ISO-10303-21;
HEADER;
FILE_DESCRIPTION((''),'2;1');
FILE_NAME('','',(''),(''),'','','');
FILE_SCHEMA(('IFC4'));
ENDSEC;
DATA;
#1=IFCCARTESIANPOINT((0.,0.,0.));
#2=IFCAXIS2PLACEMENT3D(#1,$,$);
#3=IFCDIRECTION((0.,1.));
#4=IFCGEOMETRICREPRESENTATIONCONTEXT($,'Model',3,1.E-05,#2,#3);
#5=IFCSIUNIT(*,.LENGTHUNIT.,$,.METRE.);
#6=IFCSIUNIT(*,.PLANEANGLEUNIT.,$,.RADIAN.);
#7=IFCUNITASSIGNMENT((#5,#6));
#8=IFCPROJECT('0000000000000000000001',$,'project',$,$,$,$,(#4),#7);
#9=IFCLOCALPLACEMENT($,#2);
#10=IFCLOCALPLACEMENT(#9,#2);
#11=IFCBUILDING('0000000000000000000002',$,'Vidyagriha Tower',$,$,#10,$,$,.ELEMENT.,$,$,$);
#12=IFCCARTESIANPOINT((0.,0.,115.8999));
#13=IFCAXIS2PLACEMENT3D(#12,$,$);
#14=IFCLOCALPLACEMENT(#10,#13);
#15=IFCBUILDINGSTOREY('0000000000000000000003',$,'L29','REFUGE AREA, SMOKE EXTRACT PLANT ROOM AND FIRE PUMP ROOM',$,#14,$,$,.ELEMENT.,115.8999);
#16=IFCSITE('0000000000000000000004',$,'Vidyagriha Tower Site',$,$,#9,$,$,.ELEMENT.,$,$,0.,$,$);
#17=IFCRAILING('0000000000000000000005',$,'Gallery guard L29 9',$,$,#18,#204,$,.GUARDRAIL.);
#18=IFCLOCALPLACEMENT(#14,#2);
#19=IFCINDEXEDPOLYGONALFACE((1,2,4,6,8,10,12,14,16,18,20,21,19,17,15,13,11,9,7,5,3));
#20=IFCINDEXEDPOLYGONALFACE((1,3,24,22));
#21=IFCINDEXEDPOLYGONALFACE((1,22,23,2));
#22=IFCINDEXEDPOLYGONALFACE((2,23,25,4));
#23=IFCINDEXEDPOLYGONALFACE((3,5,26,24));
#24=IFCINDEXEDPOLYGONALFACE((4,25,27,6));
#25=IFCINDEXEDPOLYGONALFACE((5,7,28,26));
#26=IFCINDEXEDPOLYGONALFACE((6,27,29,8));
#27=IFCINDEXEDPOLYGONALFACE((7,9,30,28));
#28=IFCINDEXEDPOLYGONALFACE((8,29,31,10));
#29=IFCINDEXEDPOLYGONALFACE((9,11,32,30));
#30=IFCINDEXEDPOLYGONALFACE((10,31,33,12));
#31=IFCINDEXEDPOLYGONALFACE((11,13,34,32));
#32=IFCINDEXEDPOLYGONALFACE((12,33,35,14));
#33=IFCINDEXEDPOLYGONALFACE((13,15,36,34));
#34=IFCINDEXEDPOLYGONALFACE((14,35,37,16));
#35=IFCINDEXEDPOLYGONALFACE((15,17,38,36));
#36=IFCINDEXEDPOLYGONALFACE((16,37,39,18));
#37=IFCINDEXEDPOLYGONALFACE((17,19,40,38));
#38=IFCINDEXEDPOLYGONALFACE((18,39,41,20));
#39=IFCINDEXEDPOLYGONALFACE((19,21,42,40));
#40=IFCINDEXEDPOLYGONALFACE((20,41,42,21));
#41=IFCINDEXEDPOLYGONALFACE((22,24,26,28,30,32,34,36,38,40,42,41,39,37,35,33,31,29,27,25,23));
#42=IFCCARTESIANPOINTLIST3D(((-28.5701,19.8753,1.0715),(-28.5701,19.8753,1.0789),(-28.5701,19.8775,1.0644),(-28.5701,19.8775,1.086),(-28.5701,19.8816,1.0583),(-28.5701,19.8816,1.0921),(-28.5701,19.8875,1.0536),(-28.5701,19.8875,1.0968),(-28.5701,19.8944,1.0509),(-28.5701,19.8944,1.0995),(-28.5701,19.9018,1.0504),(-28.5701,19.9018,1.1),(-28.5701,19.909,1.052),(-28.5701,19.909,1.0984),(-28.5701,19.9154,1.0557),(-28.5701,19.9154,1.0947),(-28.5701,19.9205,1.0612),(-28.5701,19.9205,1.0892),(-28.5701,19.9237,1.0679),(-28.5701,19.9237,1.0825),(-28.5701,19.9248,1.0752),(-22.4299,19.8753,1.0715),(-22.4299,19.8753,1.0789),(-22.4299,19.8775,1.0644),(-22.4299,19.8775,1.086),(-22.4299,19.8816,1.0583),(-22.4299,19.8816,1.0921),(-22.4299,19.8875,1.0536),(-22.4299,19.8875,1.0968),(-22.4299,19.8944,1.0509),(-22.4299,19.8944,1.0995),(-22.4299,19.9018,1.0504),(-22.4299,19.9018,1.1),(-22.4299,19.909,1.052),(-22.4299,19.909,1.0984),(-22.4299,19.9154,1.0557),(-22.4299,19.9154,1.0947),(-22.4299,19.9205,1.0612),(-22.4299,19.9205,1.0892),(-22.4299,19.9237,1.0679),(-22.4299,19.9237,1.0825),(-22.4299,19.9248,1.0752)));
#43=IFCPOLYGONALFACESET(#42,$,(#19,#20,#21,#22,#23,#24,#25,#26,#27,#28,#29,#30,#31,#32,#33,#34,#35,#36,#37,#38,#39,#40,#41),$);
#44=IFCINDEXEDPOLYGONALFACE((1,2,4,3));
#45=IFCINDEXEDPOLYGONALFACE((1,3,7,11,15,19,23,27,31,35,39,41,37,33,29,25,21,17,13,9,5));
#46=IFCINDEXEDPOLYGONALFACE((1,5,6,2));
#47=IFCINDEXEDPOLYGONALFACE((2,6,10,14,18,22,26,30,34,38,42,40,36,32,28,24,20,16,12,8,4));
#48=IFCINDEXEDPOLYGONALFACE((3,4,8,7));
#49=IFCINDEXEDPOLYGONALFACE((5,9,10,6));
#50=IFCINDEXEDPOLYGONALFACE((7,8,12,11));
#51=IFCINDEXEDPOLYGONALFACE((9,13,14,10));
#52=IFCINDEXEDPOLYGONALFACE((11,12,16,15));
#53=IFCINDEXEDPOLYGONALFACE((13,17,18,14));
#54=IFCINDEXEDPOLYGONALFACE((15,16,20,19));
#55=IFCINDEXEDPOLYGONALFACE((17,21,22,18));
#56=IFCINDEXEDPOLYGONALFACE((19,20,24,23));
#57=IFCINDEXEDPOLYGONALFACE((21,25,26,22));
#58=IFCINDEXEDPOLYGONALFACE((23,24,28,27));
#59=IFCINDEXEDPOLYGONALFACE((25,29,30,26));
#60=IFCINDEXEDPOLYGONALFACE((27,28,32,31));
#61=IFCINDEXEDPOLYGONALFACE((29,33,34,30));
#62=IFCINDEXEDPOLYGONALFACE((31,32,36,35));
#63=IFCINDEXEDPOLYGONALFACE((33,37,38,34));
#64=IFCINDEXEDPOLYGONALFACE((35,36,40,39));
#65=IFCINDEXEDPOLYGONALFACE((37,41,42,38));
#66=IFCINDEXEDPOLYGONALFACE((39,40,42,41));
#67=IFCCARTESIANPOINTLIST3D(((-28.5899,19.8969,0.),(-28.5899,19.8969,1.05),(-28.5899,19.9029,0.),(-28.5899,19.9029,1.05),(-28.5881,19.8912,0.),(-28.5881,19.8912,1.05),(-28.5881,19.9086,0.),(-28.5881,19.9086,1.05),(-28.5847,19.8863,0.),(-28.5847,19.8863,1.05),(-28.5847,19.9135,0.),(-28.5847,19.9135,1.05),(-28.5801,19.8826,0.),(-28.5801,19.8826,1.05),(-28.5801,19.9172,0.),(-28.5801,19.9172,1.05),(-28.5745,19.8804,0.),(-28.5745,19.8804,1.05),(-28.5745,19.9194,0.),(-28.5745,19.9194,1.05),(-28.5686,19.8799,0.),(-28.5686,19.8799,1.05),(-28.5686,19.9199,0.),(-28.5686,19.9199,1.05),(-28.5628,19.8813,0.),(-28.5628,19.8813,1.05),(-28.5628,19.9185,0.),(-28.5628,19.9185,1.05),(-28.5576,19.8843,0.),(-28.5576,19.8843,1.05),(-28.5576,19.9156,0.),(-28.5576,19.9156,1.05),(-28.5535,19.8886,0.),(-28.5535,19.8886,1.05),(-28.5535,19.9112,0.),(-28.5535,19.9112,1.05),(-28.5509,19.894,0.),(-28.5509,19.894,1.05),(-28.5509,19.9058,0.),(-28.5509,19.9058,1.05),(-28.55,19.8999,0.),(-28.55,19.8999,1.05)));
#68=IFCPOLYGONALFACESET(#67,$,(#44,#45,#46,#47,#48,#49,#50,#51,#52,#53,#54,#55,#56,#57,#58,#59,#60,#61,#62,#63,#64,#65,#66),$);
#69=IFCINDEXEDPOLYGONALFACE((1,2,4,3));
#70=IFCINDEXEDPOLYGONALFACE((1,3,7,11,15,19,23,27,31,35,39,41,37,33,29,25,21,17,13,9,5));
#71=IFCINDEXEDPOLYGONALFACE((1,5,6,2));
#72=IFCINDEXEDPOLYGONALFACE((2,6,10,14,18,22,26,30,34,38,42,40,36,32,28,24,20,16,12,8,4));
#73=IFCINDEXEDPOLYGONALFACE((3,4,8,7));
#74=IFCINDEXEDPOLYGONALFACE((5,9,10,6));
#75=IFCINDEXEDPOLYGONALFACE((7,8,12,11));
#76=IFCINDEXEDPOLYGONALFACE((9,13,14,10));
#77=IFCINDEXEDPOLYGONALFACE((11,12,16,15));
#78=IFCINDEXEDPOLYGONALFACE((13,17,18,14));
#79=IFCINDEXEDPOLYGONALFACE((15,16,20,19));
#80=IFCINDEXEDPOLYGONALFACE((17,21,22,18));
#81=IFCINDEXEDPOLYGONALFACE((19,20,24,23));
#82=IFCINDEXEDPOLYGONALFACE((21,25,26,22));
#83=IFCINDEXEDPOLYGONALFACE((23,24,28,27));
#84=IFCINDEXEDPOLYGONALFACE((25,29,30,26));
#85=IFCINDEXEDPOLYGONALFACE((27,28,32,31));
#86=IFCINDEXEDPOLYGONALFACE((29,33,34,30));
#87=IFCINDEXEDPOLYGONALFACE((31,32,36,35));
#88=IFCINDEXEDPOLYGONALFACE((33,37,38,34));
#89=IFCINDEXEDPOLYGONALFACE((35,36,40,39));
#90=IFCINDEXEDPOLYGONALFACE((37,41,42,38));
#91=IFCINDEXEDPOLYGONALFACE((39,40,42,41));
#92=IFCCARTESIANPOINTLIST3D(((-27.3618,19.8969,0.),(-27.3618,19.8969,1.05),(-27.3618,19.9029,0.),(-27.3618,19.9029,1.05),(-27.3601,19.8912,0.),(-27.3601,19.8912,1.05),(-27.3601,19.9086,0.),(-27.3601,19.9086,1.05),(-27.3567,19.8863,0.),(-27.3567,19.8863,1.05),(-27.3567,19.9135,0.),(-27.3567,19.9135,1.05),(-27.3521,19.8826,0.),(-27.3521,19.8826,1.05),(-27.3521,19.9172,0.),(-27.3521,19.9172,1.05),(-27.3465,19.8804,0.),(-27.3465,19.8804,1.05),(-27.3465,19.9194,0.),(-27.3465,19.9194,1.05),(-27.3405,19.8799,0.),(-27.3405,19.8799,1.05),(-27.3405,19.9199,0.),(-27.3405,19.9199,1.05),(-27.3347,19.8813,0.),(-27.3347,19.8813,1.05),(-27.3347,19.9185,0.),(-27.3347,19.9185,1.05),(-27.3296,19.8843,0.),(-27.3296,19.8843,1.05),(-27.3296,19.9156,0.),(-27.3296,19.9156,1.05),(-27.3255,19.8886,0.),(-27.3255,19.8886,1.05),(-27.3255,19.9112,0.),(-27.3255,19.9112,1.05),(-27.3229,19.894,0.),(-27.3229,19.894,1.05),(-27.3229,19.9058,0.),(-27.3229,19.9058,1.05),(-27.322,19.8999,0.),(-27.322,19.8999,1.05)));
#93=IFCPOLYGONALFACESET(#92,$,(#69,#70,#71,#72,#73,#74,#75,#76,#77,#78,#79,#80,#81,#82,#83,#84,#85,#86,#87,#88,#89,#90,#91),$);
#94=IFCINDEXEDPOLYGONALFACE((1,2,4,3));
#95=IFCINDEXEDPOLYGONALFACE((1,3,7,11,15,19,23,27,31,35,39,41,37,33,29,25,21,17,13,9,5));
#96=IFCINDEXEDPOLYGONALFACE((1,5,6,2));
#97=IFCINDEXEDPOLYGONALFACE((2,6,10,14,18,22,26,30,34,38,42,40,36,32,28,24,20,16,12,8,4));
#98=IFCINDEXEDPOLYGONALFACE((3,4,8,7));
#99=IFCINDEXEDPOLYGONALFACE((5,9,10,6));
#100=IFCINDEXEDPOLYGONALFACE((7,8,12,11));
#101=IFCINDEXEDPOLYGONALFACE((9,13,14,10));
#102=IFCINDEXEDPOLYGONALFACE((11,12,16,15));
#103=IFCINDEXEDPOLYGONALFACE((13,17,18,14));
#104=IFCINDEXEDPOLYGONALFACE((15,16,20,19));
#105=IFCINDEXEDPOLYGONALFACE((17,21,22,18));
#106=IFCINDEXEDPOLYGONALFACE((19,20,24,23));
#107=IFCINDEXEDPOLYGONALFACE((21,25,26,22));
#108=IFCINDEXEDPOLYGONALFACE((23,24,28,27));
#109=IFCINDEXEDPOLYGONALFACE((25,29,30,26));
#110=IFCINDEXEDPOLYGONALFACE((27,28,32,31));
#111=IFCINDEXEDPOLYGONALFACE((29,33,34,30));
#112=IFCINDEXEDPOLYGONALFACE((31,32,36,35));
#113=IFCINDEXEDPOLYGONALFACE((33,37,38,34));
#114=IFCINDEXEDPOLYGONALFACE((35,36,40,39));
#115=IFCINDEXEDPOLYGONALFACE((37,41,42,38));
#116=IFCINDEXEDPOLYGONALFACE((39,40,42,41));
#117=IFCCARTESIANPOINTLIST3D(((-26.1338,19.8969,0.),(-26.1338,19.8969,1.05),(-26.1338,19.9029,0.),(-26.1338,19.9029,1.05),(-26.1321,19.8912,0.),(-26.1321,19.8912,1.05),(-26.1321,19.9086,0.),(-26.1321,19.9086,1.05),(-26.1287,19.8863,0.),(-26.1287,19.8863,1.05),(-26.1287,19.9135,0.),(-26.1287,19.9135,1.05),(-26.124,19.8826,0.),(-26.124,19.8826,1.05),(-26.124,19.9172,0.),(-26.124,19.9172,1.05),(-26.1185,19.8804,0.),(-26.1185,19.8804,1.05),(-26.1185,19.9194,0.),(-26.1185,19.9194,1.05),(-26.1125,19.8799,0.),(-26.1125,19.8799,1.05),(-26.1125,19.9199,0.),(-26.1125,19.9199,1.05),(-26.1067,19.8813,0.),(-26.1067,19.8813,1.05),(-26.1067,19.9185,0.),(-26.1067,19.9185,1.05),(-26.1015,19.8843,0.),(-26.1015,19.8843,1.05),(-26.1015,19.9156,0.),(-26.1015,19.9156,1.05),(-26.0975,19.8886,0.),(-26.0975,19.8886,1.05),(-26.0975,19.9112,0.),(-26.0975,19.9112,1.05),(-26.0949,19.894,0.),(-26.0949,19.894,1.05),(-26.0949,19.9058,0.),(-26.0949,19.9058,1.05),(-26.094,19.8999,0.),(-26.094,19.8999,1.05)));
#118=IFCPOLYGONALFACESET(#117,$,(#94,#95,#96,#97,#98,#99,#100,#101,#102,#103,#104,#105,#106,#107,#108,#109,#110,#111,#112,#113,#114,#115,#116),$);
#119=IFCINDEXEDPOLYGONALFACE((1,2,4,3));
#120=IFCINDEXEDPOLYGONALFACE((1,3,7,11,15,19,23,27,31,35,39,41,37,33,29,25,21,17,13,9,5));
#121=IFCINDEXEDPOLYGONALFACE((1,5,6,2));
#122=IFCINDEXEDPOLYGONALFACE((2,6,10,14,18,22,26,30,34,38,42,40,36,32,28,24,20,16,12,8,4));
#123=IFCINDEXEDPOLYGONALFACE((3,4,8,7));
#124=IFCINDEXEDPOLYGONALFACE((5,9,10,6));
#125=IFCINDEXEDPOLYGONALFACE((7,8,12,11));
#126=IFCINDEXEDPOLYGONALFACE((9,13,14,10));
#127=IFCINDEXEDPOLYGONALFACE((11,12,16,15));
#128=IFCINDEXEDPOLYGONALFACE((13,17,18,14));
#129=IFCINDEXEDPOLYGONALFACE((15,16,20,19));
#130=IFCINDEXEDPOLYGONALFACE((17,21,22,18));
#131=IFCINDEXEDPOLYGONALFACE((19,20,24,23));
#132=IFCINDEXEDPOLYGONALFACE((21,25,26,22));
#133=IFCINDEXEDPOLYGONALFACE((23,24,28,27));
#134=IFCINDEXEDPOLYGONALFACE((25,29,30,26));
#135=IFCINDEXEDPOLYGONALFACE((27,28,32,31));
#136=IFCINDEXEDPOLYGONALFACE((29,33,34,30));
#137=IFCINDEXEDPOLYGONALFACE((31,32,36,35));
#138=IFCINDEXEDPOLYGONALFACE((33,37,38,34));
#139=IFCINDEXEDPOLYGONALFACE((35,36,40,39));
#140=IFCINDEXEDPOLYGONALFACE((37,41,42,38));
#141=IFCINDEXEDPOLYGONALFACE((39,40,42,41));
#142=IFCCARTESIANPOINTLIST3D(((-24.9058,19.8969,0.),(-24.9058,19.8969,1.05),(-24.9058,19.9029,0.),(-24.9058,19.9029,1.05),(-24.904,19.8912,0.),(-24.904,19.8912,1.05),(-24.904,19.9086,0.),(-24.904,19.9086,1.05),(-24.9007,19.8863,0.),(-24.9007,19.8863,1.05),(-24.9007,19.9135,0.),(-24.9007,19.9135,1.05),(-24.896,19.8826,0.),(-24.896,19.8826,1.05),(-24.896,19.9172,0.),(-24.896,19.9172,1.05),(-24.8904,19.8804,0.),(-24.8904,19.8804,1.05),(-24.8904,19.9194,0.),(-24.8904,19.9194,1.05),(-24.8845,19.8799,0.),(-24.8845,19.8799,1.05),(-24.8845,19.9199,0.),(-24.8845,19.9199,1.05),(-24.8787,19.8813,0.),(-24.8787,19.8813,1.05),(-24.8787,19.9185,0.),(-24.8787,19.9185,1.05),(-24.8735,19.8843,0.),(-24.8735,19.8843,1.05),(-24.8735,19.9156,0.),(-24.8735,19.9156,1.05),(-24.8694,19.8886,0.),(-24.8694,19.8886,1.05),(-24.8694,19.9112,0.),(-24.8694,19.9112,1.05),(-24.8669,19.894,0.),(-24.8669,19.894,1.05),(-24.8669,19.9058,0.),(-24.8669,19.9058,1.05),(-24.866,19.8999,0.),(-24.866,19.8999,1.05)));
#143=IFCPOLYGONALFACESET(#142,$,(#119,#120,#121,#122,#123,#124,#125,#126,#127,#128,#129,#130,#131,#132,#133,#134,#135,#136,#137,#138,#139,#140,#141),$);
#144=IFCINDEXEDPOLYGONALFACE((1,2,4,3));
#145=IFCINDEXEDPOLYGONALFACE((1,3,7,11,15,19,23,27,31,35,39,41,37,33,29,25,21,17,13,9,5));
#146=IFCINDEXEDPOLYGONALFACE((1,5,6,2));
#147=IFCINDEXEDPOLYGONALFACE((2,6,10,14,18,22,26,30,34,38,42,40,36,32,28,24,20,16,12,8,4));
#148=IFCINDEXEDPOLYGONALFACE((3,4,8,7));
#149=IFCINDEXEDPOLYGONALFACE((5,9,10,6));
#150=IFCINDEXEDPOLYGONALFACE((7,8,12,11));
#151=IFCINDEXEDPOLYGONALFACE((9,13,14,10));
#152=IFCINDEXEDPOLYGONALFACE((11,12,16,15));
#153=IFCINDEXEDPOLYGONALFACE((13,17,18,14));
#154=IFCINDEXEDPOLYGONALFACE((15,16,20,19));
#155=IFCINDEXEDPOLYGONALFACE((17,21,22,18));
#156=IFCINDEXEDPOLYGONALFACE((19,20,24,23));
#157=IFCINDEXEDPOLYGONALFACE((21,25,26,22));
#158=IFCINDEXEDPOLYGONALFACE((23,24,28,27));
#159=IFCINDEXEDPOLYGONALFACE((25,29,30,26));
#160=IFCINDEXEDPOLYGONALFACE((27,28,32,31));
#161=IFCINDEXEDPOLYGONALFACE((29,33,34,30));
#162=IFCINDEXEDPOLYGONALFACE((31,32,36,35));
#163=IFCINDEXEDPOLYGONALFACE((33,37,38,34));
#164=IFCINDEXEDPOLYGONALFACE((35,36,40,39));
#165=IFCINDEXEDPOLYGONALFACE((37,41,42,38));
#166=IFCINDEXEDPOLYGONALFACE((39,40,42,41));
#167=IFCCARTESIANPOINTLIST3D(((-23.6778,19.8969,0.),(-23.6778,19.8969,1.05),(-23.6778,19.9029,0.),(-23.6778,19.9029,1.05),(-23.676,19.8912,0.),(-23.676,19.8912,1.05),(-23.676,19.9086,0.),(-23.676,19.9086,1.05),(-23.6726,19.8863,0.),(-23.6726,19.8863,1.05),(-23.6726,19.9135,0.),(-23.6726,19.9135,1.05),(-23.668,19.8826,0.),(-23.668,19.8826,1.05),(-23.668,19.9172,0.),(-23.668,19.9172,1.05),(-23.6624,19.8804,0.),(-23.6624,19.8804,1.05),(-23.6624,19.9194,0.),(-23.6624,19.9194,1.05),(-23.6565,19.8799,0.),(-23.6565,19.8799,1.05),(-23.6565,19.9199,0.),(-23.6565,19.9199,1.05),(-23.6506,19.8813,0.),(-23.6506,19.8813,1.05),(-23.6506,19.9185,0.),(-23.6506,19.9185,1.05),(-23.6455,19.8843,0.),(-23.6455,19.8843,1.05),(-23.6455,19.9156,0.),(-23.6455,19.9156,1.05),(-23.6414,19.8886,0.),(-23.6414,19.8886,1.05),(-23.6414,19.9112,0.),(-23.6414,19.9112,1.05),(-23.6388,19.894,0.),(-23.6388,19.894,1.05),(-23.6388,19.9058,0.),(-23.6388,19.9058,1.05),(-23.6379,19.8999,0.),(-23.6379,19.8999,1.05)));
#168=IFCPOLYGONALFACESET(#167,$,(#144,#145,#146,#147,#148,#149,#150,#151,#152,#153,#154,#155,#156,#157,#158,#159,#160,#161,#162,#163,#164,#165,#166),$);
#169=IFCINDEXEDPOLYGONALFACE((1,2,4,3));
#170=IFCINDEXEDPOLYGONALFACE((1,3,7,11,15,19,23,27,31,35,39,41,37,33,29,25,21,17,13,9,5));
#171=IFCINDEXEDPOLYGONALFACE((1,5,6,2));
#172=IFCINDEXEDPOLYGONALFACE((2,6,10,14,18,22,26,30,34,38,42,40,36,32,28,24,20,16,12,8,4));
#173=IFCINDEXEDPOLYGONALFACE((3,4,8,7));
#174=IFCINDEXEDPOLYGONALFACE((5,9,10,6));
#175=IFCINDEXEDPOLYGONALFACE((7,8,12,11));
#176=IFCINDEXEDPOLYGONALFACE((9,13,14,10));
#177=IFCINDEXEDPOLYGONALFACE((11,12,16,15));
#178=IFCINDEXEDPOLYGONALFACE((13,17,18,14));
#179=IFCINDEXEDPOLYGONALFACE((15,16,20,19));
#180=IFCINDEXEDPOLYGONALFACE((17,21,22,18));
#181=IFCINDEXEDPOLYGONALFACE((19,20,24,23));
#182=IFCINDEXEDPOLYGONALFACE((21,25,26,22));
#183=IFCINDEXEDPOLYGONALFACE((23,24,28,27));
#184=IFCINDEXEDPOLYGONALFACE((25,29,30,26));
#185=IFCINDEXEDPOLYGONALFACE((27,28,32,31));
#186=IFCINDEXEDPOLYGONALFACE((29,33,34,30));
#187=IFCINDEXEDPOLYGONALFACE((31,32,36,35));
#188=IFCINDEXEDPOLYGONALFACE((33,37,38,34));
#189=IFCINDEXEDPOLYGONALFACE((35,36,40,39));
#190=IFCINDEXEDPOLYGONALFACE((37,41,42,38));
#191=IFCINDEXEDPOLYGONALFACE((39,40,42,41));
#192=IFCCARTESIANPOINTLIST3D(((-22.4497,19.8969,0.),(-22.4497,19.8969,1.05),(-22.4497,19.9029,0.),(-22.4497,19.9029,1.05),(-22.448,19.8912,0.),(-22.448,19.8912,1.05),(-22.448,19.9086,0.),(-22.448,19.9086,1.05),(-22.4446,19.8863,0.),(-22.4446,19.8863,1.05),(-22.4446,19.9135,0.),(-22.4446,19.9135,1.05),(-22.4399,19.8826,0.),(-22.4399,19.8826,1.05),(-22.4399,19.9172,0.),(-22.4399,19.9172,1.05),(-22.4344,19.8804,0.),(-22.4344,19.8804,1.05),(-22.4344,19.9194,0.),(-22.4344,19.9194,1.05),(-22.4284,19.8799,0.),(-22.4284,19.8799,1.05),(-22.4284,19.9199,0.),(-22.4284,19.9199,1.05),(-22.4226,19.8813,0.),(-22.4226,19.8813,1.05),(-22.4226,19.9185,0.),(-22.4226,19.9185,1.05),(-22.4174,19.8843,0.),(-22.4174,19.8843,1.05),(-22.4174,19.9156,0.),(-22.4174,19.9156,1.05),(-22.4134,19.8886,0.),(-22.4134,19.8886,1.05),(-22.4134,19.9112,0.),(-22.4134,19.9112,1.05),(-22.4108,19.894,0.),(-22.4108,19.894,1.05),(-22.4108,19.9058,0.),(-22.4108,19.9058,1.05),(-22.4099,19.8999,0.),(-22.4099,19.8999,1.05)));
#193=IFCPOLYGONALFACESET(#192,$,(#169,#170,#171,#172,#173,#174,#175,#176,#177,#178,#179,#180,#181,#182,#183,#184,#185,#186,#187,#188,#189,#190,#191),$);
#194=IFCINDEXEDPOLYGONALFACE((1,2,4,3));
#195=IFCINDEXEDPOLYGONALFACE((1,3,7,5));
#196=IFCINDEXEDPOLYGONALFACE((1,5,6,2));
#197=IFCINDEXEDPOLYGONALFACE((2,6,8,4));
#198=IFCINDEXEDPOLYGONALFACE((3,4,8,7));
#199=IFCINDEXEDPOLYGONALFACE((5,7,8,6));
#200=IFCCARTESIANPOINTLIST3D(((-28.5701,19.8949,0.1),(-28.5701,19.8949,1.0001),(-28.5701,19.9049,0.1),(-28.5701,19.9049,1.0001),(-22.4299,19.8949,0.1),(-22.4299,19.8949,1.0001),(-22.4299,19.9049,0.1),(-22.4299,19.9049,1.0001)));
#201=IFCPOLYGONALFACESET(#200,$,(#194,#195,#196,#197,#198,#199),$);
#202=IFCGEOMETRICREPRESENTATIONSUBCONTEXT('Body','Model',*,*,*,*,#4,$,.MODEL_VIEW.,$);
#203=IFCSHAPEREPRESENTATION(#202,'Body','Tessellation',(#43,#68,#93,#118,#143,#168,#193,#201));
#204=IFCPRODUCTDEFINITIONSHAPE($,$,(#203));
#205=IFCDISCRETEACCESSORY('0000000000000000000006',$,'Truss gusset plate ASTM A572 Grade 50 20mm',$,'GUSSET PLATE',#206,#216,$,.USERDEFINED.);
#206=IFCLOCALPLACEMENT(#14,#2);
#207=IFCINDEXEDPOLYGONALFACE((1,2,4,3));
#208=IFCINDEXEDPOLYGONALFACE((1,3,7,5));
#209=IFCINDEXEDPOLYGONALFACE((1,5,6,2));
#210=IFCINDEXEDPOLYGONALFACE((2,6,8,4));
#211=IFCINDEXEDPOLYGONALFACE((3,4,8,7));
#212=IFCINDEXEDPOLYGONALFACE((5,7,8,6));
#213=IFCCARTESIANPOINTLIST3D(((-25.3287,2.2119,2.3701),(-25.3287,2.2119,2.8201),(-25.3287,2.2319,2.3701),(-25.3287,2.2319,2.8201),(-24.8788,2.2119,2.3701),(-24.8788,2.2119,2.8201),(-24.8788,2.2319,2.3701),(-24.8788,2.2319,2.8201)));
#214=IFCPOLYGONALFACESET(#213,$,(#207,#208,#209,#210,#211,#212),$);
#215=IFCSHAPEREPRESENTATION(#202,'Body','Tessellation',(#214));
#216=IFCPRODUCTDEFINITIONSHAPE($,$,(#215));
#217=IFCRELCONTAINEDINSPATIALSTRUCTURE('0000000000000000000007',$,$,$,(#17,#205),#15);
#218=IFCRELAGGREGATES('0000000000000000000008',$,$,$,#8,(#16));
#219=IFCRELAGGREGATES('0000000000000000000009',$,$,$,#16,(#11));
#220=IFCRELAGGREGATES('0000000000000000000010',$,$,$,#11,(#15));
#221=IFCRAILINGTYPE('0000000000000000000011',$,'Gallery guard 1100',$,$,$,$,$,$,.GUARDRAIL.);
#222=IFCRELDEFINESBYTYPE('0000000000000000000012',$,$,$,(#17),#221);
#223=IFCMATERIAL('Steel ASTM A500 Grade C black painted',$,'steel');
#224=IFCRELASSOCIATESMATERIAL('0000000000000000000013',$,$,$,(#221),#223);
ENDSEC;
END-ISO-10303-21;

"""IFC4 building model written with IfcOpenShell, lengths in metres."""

from ifc_helpers import new_model, si_unit, direction, frame, origin, origin_2d, place, context, subcontext, project, spatial, rectangle, circle, extrude, material, type_object, element, save


model = new_model("IFC4")

# Units and contexts
model_context = context("Model", 3, precision=1e-05, world=origin(), true_north=direction((0.0, 1.0)))
body_context = subcontext(model_context, "Body", "Model", "MODEL_VIEW")
ifc_project = project(units=[si_unit("LENGTHUNIT", "METRE"), si_unit("PLANEANGLEUNIT", "RADIAN")], contexts=[model_context])

# Site, building, storey
site_placement = place(None, origin())
site = spatial("IfcSite", under=ifc_project, at=site_placement, Name="Vidyagriha Tower Site", CompositionType="ELEMENT", RefElevation=0.0)
building_placement = place(site_placement, origin())
building = spatial("IfcBuilding", under=site, at=building_placement, Name="Vidyagriha Tower", CompositionType="ELEMENT")
storey_placement = place(building_placement, frame((0.0, 0.0, 115.8999)))
storey = spatial("IfcBuildingStorey", under=building, at=storey_placement, Name="L29", Description="REFUGE AREA, SMOKE EXTRACT PLANT ROOM AND FIRE PUMP ROOM", CompositionType="ELEMENT", Elevation=115.8999)

# Railing
ifc_material_1 = material(Name="Steel ASTM A500 Grade C black painted", Category="steel")
railing_type = type_object("IfcRailingType", Name="Gallery guard 1100", PredefinedType="GUARDRAIL", material=ifc_material_1)
railing_1_placement = place(storey_placement, frame((-28.5701, 19.8999, 0.0)))
element("IfcRailing", 1, at=railing_1_placement, inside=storey, type_object=railing_type, Name="Gallery guard L29 9", PredefinedType="GUARDRAIL", context=body_context, shape_type="SweptSolid", body=[
    extrude(circle(Radius=0.0249, at=origin_2d()), frame((0.0, 0.0, 1.0752), z_axis=(1.0, 0.0, 0.0), x_axis=(0.0, 1.0, 0.0)), (0.0, 0.0, 1.0), 6.1401),
    extrude(circle(Radius=0.02, at=origin_2d()), origin(), (0.0, 0.0, 1.0), 1.05),
    extrude(circle(Radius=0.02, at=origin_2d()), frame((1.228, 0.0, 0.0)), (0.0, 0.0, 1.0), 1.05),
    extrude(circle(Radius=0.02, at=origin_2d()), frame((2.4561, 0.0, 0.0)), (0.0, 0.0, 1.0), 1.05),
    extrude(circle(Radius=0.02, at=origin_2d()), frame((3.6841, 0.0, 0.0)), (0.0, 0.0, 1.0), 1.05),
    extrude(circle(Radius=0.02, at=origin_2d()), frame((4.9121, 0.0, 0.0)), (0.0, 0.0, 1.0), 1.05),
    extrude(circle(Radius=0.02, at=origin_2d()), frame((6.1401, 0.0, 0.0)), (0.0, 0.0, 1.0), 1.05),
    extrude(rectangle(XDim=0.01, YDim=0.9001, at=origin_2d()), frame((0.0, 0.0, 0.55), z_axis=(1.0, 0.0, 0.0), x_axis=(0.0, 1.0, 0.0)), (0.0, 0.0, 1.0), 6.1401),
])

# Discrete accessory
for number, where, name in (
    (2, (-25.1038, 2.2219, 2.3701), "Truss gusset plate ASTM A572 Grade 50 20mm"),
):
    element("IfcDiscreteAccessory", number, at=place(storey_placement, frame(where)), inside=storey, Name=name, ObjectType="GUSSET PLATE", PredefinedType="USERDEFINED", context=body_context, shape_type="SweptSolid", body=[
        extrude(rectangle(XDim=0.45, YDim=0.02, at=origin_2d()), origin(), (0.0, 0.0, 1.0), 0.45),
    ])

save(model, "model.ifc")
